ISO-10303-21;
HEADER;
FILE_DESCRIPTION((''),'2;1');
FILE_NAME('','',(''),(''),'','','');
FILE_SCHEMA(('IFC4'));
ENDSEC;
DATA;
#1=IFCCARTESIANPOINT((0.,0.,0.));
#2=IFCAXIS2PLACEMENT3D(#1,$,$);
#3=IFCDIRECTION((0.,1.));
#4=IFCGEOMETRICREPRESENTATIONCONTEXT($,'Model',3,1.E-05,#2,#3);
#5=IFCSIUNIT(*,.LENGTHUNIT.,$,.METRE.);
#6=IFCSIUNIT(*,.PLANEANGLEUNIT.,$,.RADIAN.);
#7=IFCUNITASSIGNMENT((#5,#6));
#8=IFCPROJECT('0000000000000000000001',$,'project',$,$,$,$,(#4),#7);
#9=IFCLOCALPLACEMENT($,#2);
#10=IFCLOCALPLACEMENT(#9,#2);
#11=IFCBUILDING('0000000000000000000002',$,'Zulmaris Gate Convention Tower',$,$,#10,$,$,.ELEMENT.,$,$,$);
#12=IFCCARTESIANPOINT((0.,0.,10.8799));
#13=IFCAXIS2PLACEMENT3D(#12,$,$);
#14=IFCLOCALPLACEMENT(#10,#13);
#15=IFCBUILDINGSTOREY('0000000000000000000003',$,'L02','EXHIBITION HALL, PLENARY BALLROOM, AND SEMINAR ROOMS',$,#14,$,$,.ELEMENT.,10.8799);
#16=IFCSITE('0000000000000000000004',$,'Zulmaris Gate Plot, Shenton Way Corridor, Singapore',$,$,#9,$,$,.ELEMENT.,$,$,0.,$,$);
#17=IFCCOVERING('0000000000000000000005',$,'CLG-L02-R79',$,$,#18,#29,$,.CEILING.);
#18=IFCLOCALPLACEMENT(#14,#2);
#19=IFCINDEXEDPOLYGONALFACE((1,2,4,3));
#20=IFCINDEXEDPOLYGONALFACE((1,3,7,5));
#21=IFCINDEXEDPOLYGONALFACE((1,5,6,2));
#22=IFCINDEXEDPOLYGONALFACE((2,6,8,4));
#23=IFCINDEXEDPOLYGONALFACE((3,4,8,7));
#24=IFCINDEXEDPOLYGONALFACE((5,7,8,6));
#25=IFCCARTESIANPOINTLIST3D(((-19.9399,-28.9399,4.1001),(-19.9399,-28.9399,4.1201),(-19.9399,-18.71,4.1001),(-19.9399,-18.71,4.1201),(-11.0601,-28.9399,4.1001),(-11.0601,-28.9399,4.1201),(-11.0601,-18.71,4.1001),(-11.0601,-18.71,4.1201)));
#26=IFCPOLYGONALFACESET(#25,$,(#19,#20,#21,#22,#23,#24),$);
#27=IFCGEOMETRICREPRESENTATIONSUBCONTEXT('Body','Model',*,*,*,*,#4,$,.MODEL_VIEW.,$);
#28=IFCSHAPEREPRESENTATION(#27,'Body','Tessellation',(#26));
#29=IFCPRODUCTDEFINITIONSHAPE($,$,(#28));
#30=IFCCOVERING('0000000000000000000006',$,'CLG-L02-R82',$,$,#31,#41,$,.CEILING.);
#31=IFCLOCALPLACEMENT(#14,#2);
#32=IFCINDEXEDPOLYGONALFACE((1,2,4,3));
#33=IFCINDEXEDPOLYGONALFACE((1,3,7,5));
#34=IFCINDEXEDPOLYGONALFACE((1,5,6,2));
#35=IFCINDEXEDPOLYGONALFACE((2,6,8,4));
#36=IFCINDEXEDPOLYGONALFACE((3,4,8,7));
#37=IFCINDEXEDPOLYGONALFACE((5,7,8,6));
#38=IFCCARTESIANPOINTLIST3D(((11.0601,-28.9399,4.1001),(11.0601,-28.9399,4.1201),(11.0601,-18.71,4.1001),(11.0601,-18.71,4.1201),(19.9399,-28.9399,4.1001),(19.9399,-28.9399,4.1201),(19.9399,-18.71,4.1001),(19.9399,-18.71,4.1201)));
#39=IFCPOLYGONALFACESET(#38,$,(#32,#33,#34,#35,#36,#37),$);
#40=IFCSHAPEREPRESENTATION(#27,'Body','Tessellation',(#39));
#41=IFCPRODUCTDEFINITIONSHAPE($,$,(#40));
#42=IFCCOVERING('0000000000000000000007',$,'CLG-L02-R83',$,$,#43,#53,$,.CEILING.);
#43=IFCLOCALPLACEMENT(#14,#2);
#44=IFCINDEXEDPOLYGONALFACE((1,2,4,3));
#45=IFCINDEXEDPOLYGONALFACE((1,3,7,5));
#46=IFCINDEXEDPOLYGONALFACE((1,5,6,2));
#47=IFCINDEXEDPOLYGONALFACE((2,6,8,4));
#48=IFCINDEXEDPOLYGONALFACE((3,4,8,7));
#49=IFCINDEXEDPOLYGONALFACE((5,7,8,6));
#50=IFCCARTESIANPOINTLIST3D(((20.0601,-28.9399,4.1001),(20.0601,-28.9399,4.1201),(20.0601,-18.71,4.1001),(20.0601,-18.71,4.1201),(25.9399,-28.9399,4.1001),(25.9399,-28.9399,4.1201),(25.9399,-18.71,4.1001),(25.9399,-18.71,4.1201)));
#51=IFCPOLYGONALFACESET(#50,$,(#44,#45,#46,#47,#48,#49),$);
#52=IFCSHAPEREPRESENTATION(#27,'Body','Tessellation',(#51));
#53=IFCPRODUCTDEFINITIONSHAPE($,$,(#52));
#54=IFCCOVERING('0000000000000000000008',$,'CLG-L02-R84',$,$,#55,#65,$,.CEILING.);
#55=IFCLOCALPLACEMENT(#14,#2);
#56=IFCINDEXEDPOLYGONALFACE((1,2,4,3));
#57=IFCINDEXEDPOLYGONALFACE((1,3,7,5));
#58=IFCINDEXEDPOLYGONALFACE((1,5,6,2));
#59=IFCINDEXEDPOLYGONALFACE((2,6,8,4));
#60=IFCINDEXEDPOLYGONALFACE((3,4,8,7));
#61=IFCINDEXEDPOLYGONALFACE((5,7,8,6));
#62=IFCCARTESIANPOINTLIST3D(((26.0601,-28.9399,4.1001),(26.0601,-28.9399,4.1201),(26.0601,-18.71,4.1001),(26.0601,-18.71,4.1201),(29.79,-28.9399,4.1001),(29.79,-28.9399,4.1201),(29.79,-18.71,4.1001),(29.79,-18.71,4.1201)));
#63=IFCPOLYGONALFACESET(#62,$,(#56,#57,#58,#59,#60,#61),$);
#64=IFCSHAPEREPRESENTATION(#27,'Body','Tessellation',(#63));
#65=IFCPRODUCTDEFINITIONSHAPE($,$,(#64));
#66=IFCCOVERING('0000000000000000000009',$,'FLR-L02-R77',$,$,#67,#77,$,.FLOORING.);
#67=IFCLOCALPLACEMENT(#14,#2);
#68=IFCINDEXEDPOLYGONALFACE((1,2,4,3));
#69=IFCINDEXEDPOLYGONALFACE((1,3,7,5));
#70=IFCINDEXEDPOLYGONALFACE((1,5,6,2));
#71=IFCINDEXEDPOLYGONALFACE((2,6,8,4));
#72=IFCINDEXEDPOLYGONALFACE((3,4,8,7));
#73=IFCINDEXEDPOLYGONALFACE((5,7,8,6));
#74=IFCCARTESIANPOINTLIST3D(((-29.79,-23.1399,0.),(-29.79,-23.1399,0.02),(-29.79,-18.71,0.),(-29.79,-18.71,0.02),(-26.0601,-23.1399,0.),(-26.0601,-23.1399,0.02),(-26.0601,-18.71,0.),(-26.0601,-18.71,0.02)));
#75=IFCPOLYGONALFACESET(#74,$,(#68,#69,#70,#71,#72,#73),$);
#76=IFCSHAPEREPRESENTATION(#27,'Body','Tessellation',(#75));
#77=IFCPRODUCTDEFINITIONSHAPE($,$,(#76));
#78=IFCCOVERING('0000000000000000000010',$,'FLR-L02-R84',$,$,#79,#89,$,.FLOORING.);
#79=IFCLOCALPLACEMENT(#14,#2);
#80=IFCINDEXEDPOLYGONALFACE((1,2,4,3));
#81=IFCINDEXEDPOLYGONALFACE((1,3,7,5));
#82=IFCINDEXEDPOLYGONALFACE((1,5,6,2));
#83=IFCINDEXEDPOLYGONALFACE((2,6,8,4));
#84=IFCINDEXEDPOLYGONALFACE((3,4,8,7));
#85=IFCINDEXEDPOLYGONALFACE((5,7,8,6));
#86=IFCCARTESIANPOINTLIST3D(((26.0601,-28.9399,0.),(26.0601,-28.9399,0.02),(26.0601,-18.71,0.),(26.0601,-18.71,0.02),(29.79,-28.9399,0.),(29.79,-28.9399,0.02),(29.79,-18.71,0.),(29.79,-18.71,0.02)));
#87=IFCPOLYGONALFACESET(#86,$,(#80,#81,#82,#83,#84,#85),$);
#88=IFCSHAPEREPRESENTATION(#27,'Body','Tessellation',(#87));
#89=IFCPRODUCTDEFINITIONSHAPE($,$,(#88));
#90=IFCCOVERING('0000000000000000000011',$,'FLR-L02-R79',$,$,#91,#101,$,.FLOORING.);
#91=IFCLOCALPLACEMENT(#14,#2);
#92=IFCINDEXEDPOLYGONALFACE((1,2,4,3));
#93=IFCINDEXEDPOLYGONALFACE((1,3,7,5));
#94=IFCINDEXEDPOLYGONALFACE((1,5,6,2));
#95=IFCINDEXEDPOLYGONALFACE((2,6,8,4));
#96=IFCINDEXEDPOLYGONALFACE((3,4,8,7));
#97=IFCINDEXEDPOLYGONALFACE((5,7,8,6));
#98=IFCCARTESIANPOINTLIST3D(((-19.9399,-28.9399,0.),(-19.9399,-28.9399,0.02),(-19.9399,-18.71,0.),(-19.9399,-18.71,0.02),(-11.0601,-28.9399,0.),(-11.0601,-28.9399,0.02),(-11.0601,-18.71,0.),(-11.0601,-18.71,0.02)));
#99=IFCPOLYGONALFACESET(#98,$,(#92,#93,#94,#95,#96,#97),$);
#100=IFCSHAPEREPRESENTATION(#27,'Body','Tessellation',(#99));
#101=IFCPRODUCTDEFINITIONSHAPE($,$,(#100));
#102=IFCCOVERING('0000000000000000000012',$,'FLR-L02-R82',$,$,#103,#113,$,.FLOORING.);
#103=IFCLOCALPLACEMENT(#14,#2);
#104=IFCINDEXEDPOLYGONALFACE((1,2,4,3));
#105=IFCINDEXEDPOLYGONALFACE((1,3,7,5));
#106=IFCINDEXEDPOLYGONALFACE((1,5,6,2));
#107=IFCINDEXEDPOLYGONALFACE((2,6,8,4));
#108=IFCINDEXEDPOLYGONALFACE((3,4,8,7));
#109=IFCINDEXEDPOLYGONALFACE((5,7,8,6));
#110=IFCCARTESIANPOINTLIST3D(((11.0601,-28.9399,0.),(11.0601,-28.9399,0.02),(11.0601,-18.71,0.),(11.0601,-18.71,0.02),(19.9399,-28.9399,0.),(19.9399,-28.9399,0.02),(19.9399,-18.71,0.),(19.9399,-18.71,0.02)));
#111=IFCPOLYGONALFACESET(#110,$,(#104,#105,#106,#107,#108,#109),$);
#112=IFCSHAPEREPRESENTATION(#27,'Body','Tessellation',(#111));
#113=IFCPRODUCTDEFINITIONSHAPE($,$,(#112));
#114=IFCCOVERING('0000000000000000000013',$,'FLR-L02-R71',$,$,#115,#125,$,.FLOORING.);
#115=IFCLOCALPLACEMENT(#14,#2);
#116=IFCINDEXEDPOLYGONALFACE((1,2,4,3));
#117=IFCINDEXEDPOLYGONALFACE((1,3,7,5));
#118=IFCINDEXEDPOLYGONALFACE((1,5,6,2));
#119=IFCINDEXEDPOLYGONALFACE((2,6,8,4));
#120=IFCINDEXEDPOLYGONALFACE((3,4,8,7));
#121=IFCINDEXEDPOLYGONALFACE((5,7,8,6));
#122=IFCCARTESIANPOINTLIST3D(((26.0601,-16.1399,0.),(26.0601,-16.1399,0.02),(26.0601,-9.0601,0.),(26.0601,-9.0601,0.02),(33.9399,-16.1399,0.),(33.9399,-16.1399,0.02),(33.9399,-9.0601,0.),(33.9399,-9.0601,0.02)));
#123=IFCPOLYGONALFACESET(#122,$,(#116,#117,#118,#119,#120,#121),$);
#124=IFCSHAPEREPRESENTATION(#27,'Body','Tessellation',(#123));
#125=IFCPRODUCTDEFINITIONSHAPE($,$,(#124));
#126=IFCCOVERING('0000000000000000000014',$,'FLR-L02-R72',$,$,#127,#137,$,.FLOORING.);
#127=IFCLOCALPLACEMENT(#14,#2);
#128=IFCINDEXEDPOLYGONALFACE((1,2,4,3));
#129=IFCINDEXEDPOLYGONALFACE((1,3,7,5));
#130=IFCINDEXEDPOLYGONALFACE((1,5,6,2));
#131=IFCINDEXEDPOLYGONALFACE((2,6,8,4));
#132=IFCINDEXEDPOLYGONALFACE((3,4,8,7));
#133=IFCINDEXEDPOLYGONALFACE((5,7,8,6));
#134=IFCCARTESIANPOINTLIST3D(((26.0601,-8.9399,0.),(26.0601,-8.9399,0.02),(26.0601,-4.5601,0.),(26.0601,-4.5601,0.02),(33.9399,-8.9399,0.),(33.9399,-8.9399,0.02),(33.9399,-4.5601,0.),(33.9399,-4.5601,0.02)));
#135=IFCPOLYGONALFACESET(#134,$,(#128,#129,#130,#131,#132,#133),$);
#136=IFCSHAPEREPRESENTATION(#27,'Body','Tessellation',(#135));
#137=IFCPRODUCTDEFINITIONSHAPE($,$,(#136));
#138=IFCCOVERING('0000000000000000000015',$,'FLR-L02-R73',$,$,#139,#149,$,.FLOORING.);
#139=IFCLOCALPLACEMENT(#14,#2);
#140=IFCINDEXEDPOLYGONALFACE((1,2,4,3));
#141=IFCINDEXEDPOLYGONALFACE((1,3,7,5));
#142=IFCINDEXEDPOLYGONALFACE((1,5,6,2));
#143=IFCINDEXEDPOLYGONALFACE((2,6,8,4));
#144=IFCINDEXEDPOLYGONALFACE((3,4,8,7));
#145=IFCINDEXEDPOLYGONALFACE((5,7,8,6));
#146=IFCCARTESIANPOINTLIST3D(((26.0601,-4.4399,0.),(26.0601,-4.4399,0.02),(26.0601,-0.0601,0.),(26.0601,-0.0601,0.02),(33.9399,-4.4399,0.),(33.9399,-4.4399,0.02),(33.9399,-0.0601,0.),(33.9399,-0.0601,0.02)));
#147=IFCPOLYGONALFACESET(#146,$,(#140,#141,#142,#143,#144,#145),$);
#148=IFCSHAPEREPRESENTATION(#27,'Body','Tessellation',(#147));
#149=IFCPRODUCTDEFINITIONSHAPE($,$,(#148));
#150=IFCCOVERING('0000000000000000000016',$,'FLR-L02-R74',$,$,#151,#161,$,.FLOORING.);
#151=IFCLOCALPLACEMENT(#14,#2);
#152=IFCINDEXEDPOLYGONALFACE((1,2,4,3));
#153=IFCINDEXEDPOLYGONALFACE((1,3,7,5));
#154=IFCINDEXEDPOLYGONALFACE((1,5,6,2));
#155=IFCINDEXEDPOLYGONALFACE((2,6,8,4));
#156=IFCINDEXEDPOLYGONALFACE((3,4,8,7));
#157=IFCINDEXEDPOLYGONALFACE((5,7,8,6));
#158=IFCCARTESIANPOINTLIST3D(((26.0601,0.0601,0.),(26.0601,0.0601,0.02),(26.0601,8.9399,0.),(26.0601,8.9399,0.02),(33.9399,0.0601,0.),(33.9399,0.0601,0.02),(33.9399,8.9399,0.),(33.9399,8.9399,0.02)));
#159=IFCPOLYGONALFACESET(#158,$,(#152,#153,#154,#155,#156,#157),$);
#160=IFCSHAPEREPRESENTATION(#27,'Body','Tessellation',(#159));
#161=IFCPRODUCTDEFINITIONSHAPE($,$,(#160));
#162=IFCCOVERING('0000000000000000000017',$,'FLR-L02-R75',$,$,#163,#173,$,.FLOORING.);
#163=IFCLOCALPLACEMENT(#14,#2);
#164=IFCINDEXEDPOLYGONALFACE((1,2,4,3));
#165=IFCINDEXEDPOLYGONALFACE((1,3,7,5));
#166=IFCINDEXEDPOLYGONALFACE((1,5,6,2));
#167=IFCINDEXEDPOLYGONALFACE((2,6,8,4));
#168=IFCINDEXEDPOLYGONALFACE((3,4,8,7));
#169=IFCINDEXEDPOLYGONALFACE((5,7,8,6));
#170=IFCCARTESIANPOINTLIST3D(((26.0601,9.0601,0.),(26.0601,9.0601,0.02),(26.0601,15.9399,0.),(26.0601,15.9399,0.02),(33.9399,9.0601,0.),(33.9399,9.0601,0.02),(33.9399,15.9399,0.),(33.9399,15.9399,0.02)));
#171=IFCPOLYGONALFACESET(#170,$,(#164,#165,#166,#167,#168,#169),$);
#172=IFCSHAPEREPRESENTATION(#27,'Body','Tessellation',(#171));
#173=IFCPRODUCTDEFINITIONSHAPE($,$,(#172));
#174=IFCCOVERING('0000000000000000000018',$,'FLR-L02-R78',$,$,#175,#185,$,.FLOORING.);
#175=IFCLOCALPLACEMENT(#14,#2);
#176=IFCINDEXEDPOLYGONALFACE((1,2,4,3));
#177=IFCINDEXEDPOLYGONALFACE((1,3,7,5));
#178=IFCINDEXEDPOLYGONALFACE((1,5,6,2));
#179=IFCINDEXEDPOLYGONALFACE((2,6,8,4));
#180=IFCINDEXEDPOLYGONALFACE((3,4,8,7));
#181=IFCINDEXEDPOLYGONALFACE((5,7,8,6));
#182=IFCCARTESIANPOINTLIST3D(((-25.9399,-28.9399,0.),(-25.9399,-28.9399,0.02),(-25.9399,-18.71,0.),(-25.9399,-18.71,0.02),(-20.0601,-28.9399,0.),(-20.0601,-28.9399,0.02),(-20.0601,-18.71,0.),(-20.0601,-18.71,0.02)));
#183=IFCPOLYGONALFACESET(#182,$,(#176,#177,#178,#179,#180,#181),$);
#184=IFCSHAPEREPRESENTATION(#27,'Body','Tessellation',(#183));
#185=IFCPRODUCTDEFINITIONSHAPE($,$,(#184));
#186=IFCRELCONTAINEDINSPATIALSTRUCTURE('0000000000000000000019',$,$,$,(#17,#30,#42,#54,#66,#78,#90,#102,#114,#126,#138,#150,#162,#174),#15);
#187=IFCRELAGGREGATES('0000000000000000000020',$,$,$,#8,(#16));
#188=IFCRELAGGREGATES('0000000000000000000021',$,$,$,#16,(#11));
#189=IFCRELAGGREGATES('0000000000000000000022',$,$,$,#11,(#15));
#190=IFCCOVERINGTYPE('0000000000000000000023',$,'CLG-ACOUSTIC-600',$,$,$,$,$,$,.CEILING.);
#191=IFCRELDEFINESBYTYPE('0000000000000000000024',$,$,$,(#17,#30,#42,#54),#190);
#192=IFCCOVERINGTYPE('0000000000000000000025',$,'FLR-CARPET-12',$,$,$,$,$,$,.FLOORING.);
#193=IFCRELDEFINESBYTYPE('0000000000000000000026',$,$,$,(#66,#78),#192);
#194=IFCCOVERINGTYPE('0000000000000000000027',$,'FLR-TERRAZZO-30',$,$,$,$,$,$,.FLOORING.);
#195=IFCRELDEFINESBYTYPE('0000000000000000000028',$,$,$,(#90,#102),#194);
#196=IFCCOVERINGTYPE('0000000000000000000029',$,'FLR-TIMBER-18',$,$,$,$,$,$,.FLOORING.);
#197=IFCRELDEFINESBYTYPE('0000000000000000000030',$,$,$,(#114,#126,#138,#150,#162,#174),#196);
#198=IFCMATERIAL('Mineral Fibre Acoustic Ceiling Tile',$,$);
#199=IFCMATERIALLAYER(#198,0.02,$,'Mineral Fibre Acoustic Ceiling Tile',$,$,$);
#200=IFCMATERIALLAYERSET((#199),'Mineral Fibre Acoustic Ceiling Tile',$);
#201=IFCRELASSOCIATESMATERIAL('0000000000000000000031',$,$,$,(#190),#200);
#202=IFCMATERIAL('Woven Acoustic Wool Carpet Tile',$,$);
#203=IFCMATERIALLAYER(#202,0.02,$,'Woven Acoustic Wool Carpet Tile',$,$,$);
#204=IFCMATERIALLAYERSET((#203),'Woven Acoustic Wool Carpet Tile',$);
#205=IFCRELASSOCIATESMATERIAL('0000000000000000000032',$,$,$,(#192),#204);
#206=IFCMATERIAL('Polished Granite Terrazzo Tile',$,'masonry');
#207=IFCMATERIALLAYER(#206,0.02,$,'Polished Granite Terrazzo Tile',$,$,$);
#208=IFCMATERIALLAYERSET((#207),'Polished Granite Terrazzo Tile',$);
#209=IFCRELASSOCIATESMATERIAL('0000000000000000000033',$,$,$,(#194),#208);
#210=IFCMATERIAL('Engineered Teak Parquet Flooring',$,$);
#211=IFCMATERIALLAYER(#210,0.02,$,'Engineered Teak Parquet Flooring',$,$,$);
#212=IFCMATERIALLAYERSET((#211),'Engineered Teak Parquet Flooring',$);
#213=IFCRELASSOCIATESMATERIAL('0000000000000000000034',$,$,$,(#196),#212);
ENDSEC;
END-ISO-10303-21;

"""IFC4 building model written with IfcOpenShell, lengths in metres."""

from ifc_helpers import new_model, si_unit, direction, frame, origin, place, context, subcontext, project, spatial, polyline, outline, extrude, material, layer, layer_set, type_object, element, save


model = new_model("IFC4")

# Units and contexts
model_context = context("Model", 3, precision=1e-05, world=origin(), true_north=direction((0.0, 1.0)))
body_context = subcontext(model_context, "Body", "Model", "MODEL_VIEW")
ifc_project = project(units=[si_unit("LENGTHUNIT", "METRE"), si_unit("PLANEANGLEUNIT", "RADIAN")], contexts=[model_context])

# Site, building, storey
site_placement = place(None, origin())
site = spatial("IfcSite", under=ifc_project, at=site_placement, Name="Zulmaris Gate Plot, Shenton Way Corridor, Singapore", CompositionType="ELEMENT", RefElevation=0.0)
building_placement = place(site_placement, origin())
building = spatial("IfcBuilding", under=site, at=building_placement, Name="Zulmaris Gate Convention Tower", CompositionType="ELEMENT")
storey_placement = place(building_placement, frame((0.0, 0.0, 10.8799)))
storey = spatial("IfcBuildingStorey", under=building, at=storey_placement, Name="L02", Description="EXHIBITION HALL, PLENARY BALLROOM, AND SEMINAR ROOMS", CompositionType="ELEMENT", Elevation=10.8799)

# Coverings
ifc_material_1 = material(Name="Mineral Fibre Acoustic Ceiling Tile")
ifc_layer_1 = layer(ifc_material_1, 0.02, Name="Mineral Fibre Acoustic Ceiling Tile")
ifc_layer_set_1 = layer_set([ifc_layer_1], Name="Mineral Fibre Acoustic Ceiling Tile")
covering_type_1 = type_object("IfcCoveringType", Name="CLG-ACOUSTIC-600", PredefinedType="CEILING", material=ifc_layer_set_1)
covering_1_placement = place(storey_placement, frame((0.0, 0.0, 4.1001)))
element("IfcCovering", 1, at=covering_1_placement, inside=storey, type_object=covering_type_1, Name="CLG-L02-R79", PredefinedType="CEILING", context=body_context, shape_type="SweptSolid", body=[
    extrude(outline(polyline([(-19.9399, -28.9399), (-11.0601, -28.9399), (-11.0601, -18.71), (-19.9399, -18.71), (-19.9399, -28.9399)])), origin(), (0.0, 0.0, 1.0), 0.02),
])
covering_2_placement = place(storey_placement, frame((0.0, 0.0, 4.1001)))
element("IfcCovering", 2, at=covering_2_placement, inside=storey, type_object=covering_type_1, Name="CLG-L02-R82", PredefinedType="CEILING", context=body_context, shape_type="SweptSolid", body=[
    extrude(outline(polyline([(11.0601, -28.9399), (19.9399, -28.9399), (19.9399, -18.71), (11.0601, -18.71), (11.0601, -28.9399)])), origin(), (0.0, 0.0, 1.0), 0.02),
])
covering_3_placement = place(storey_placement, frame((0.0, 0.0, 4.1001)))
element("IfcCovering", 3, at=covering_3_placement, inside=storey, type_object=covering_type_1, Name="CLG-L02-R83", PredefinedType="CEILING", context=body_context, shape_type="SweptSolid", body=[
    extrude(outline(polyline([(20.0601, -28.9399), (25.9399, -28.9399), (25.9399, -18.71), (20.0601, -18.71), (20.0601, -28.9399)])), origin(), (0.0, 0.0, 1.0), 0.02),
])
covering_4_placement = place(storey_placement, frame((0.0, 0.0, 4.1001)))
element("IfcCovering", 4, at=covering_4_placement, inside=storey, type_object=covering_type_1, Name="CLG-L02-R84", PredefinedType="CEILING", context=body_context, shape_type="SweptSolid", body=[
    extrude(outline(polyline([(26.0601, -28.9399), (29.79, -28.9399), (29.79, -18.71), (26.0601, -18.71), (26.0601, -28.9399)])), origin(), (0.0, 0.0, 1.0), 0.02),
])
ifc_material_2 = material(Name="Woven Acoustic Wool Carpet Tile")
ifc_layer_2 = layer(ifc_material_2, 0.02, Name="Woven Acoustic Wool Carpet Tile")
ifc_layer_set_2 = layer_set([ifc_layer_2], Name="Woven Acoustic Wool Carpet Tile")
covering_type_2 = type_object("IfcCoveringType", Name="FLR-CARPET-12", PredefinedType="FLOORING", material=ifc_layer_set_2)
covering_5_placement = place(storey_placement, origin())
element("IfcCovering", 5, at=covering_5_placement, inside=storey, type_object=covering_type_2, Name="FLR-L02-R77", PredefinedType="FLOORING", context=body_context, shape_type="SweptSolid", body=[
    extrude(outline(polyline([(-29.79, -23.1399), (-26.0601, -23.1399), (-26.0601, -18.71), (-29.79, -18.71), (-29.79, -23.1399)])), origin(), (0.0, 0.0, 1.0), 0.02),
])
covering_6_placement = place(storey_placement, origin())
element("IfcCovering", 6, at=covering_6_placement, inside=storey, type_object=covering_type_2, Name="FLR-L02-R84", PredefinedType="FLOORING", context=body_context, shape_type="SweptSolid", body=[
    extrude(outline(polyline([(26.0601, -28.9399), (29.79, -28.9399), (29.79, -18.71), (26.0601, -18.71), (26.0601, -28.9399)])), origin(), (0.0, 0.0, 1.0), 0.02),
])
ifc_material_3 = material(Name="Polished Granite Terrazzo Tile", Category="masonry")
ifc_layer_3 = layer(ifc_material_3, 0.02, Name="Polished Granite Terrazzo Tile")
ifc_layer_set_3 = layer_set([ifc_layer_3], Name="Polished Granite Terrazzo Tile")
covering_type_3 = type_object("IfcCoveringType", Name="FLR-TERRAZZO-30", PredefinedType="FLOORING", material=ifc_layer_set_3)
covering_7_placement = place(storey_placement, origin())
element("IfcCovering", 7, at=covering_7_placement, inside=storey, type_object=covering_type_3, Name="FLR-L02-R79", PredefinedType="FLOORING", context=body_context, shape_type="SweptSolid", body=[
    extrude(outline(polyline([(-19.9399, -28.9399), (-11.0601, -28.9399), (-11.0601, -18.71), (-19.9399, -18.71), (-19.9399, -28.9399)])), origin(), (0.0, 0.0, 1.0), 0.02),
])
covering_8_placement = place(storey_placement, origin())
element("IfcCovering", 8, at=covering_8_placement, inside=storey, type_object=covering_type_3, Name="FLR-L02-R82", PredefinedType="FLOORING", context=body_context, shape_type="SweptSolid", body=[
    extrude(outline(polyline([(11.0601, -28.9399), (19.9399, -28.9399), (19.9399, -18.71), (11.0601, -18.71), (11.0601, -28.9399)])), origin(), (0.0, 0.0, 1.0), 0.02),
])
ifc_material_4 = material(Name="Engineered Teak Parquet Flooring")
ifc_layer_4 = layer(ifc_material_4, 0.02, Name="Engineered Teak Parquet Flooring")
ifc_layer_set_4 = layer_set([ifc_layer_4], Name="Engineered Teak Parquet Flooring")
covering_type_4 = type_object("IfcCoveringType", Name="FLR-TIMBER-18", PredefinedType="FLOORING", material=ifc_layer_set_4)
covering_9_placement = place(storey_placement, origin())
element("IfcCovering", 9, at=covering_9_placement, inside=storey, type_object=covering_type_4, Name="FLR-L02-R71", PredefinedType="FLOORING", context=body_context, shape_type="SweptSolid", body=[
    extrude(outline(polyline([(26.0601, -16.1399), (33.9399, -16.1399), (33.9399, -9.0601), (26.0601, -9.0601), (26.0601, -16.1399)])), origin(), (0.0, 0.0, 1.0), 0.02),
])
covering_10_placement = place(storey_placement, origin())
element("IfcCovering", 10, at=covering_10_placement, inside=storey, type_object=covering_type_4, Name="FLR-L02-R72", PredefinedType="FLOORING", context=body_context, shape_type="SweptSolid", body=[
    extrude(outline(polyline([(26.0601, -8.9399), (33.9399, -8.9399), (33.9399, -4.5601), (26.0601, -4.5601), (26.0601, -8.9399)])), origin(), (0.0, 0.0, 1.0), 0.02),
])
covering_11_placement = place(storey_placement, origin())
element("IfcCovering", 11, at=covering_11_placement, inside=storey, type_object=covering_type_4, Name="FLR-L02-R73", PredefinedType="FLOORING", context=body_context, shape_type="SweptSolid", body=[
    extrude(outline(polyline([(26.0601, -4.4399), (33.9399, -4.4399), (33.9399, -0.0601), (26.0601, -0.0601), (26.0601, -4.4399)])), origin(), (0.0, 0.0, 1.0), 0.02),
])
covering_12_placement = place(storey_placement, origin())
element("IfcCovering", 12, at=covering_12_placement, inside=storey, type_object=covering_type_4, Name="FLR-L02-R74", PredefinedType="FLOORING", context=body_context, shape_type="SweptSolid", body=[
    extrude(outline(polyline([(26.0601, 0.0601), (33.9399, 0.0601), (33.9399, 8.9399), (26.0601, 8.9399), (26.0601, 0.0601)])), origin(), (0.0, 0.0, 1.0), 0.02),
])
covering_13_placement = place(storey_placement, origin())
element("IfcCovering", 13, at=covering_13_placement, inside=storey, type_object=covering_type_4, Name="FLR-L02-R75", PredefinedType="FLOORING", context=body_context, shape_type="SweptSolid", body=[
    extrude(outline(polyline([(26.0601, 9.0601), (33.9399, 9.0601), (33.9399, 15.9399), (26.0601, 15.9399), (26.0601, 9.0601)])), origin(), (0.0, 0.0, 1.0), 0.02),
])
covering_14_placement = place(storey_placement, origin())
element("IfcCovering", 14, at=covering_14_placement, inside=storey, type_object=covering_type_4, Name="FLR-L02-R78", PredefinedType="FLOORING", context=body_context, shape_type="SweptSolid", body=[
    extrude(outline(polyline([(-25.9399, -28.9399), (-20.0601, -28.9399), (-20.0601, -18.71), (-25.9399, -18.71), (-25.9399, -28.9399)])), origin(), (0.0, 0.0, 1.0), 0.02),
])

save(model, "model.ifc")
